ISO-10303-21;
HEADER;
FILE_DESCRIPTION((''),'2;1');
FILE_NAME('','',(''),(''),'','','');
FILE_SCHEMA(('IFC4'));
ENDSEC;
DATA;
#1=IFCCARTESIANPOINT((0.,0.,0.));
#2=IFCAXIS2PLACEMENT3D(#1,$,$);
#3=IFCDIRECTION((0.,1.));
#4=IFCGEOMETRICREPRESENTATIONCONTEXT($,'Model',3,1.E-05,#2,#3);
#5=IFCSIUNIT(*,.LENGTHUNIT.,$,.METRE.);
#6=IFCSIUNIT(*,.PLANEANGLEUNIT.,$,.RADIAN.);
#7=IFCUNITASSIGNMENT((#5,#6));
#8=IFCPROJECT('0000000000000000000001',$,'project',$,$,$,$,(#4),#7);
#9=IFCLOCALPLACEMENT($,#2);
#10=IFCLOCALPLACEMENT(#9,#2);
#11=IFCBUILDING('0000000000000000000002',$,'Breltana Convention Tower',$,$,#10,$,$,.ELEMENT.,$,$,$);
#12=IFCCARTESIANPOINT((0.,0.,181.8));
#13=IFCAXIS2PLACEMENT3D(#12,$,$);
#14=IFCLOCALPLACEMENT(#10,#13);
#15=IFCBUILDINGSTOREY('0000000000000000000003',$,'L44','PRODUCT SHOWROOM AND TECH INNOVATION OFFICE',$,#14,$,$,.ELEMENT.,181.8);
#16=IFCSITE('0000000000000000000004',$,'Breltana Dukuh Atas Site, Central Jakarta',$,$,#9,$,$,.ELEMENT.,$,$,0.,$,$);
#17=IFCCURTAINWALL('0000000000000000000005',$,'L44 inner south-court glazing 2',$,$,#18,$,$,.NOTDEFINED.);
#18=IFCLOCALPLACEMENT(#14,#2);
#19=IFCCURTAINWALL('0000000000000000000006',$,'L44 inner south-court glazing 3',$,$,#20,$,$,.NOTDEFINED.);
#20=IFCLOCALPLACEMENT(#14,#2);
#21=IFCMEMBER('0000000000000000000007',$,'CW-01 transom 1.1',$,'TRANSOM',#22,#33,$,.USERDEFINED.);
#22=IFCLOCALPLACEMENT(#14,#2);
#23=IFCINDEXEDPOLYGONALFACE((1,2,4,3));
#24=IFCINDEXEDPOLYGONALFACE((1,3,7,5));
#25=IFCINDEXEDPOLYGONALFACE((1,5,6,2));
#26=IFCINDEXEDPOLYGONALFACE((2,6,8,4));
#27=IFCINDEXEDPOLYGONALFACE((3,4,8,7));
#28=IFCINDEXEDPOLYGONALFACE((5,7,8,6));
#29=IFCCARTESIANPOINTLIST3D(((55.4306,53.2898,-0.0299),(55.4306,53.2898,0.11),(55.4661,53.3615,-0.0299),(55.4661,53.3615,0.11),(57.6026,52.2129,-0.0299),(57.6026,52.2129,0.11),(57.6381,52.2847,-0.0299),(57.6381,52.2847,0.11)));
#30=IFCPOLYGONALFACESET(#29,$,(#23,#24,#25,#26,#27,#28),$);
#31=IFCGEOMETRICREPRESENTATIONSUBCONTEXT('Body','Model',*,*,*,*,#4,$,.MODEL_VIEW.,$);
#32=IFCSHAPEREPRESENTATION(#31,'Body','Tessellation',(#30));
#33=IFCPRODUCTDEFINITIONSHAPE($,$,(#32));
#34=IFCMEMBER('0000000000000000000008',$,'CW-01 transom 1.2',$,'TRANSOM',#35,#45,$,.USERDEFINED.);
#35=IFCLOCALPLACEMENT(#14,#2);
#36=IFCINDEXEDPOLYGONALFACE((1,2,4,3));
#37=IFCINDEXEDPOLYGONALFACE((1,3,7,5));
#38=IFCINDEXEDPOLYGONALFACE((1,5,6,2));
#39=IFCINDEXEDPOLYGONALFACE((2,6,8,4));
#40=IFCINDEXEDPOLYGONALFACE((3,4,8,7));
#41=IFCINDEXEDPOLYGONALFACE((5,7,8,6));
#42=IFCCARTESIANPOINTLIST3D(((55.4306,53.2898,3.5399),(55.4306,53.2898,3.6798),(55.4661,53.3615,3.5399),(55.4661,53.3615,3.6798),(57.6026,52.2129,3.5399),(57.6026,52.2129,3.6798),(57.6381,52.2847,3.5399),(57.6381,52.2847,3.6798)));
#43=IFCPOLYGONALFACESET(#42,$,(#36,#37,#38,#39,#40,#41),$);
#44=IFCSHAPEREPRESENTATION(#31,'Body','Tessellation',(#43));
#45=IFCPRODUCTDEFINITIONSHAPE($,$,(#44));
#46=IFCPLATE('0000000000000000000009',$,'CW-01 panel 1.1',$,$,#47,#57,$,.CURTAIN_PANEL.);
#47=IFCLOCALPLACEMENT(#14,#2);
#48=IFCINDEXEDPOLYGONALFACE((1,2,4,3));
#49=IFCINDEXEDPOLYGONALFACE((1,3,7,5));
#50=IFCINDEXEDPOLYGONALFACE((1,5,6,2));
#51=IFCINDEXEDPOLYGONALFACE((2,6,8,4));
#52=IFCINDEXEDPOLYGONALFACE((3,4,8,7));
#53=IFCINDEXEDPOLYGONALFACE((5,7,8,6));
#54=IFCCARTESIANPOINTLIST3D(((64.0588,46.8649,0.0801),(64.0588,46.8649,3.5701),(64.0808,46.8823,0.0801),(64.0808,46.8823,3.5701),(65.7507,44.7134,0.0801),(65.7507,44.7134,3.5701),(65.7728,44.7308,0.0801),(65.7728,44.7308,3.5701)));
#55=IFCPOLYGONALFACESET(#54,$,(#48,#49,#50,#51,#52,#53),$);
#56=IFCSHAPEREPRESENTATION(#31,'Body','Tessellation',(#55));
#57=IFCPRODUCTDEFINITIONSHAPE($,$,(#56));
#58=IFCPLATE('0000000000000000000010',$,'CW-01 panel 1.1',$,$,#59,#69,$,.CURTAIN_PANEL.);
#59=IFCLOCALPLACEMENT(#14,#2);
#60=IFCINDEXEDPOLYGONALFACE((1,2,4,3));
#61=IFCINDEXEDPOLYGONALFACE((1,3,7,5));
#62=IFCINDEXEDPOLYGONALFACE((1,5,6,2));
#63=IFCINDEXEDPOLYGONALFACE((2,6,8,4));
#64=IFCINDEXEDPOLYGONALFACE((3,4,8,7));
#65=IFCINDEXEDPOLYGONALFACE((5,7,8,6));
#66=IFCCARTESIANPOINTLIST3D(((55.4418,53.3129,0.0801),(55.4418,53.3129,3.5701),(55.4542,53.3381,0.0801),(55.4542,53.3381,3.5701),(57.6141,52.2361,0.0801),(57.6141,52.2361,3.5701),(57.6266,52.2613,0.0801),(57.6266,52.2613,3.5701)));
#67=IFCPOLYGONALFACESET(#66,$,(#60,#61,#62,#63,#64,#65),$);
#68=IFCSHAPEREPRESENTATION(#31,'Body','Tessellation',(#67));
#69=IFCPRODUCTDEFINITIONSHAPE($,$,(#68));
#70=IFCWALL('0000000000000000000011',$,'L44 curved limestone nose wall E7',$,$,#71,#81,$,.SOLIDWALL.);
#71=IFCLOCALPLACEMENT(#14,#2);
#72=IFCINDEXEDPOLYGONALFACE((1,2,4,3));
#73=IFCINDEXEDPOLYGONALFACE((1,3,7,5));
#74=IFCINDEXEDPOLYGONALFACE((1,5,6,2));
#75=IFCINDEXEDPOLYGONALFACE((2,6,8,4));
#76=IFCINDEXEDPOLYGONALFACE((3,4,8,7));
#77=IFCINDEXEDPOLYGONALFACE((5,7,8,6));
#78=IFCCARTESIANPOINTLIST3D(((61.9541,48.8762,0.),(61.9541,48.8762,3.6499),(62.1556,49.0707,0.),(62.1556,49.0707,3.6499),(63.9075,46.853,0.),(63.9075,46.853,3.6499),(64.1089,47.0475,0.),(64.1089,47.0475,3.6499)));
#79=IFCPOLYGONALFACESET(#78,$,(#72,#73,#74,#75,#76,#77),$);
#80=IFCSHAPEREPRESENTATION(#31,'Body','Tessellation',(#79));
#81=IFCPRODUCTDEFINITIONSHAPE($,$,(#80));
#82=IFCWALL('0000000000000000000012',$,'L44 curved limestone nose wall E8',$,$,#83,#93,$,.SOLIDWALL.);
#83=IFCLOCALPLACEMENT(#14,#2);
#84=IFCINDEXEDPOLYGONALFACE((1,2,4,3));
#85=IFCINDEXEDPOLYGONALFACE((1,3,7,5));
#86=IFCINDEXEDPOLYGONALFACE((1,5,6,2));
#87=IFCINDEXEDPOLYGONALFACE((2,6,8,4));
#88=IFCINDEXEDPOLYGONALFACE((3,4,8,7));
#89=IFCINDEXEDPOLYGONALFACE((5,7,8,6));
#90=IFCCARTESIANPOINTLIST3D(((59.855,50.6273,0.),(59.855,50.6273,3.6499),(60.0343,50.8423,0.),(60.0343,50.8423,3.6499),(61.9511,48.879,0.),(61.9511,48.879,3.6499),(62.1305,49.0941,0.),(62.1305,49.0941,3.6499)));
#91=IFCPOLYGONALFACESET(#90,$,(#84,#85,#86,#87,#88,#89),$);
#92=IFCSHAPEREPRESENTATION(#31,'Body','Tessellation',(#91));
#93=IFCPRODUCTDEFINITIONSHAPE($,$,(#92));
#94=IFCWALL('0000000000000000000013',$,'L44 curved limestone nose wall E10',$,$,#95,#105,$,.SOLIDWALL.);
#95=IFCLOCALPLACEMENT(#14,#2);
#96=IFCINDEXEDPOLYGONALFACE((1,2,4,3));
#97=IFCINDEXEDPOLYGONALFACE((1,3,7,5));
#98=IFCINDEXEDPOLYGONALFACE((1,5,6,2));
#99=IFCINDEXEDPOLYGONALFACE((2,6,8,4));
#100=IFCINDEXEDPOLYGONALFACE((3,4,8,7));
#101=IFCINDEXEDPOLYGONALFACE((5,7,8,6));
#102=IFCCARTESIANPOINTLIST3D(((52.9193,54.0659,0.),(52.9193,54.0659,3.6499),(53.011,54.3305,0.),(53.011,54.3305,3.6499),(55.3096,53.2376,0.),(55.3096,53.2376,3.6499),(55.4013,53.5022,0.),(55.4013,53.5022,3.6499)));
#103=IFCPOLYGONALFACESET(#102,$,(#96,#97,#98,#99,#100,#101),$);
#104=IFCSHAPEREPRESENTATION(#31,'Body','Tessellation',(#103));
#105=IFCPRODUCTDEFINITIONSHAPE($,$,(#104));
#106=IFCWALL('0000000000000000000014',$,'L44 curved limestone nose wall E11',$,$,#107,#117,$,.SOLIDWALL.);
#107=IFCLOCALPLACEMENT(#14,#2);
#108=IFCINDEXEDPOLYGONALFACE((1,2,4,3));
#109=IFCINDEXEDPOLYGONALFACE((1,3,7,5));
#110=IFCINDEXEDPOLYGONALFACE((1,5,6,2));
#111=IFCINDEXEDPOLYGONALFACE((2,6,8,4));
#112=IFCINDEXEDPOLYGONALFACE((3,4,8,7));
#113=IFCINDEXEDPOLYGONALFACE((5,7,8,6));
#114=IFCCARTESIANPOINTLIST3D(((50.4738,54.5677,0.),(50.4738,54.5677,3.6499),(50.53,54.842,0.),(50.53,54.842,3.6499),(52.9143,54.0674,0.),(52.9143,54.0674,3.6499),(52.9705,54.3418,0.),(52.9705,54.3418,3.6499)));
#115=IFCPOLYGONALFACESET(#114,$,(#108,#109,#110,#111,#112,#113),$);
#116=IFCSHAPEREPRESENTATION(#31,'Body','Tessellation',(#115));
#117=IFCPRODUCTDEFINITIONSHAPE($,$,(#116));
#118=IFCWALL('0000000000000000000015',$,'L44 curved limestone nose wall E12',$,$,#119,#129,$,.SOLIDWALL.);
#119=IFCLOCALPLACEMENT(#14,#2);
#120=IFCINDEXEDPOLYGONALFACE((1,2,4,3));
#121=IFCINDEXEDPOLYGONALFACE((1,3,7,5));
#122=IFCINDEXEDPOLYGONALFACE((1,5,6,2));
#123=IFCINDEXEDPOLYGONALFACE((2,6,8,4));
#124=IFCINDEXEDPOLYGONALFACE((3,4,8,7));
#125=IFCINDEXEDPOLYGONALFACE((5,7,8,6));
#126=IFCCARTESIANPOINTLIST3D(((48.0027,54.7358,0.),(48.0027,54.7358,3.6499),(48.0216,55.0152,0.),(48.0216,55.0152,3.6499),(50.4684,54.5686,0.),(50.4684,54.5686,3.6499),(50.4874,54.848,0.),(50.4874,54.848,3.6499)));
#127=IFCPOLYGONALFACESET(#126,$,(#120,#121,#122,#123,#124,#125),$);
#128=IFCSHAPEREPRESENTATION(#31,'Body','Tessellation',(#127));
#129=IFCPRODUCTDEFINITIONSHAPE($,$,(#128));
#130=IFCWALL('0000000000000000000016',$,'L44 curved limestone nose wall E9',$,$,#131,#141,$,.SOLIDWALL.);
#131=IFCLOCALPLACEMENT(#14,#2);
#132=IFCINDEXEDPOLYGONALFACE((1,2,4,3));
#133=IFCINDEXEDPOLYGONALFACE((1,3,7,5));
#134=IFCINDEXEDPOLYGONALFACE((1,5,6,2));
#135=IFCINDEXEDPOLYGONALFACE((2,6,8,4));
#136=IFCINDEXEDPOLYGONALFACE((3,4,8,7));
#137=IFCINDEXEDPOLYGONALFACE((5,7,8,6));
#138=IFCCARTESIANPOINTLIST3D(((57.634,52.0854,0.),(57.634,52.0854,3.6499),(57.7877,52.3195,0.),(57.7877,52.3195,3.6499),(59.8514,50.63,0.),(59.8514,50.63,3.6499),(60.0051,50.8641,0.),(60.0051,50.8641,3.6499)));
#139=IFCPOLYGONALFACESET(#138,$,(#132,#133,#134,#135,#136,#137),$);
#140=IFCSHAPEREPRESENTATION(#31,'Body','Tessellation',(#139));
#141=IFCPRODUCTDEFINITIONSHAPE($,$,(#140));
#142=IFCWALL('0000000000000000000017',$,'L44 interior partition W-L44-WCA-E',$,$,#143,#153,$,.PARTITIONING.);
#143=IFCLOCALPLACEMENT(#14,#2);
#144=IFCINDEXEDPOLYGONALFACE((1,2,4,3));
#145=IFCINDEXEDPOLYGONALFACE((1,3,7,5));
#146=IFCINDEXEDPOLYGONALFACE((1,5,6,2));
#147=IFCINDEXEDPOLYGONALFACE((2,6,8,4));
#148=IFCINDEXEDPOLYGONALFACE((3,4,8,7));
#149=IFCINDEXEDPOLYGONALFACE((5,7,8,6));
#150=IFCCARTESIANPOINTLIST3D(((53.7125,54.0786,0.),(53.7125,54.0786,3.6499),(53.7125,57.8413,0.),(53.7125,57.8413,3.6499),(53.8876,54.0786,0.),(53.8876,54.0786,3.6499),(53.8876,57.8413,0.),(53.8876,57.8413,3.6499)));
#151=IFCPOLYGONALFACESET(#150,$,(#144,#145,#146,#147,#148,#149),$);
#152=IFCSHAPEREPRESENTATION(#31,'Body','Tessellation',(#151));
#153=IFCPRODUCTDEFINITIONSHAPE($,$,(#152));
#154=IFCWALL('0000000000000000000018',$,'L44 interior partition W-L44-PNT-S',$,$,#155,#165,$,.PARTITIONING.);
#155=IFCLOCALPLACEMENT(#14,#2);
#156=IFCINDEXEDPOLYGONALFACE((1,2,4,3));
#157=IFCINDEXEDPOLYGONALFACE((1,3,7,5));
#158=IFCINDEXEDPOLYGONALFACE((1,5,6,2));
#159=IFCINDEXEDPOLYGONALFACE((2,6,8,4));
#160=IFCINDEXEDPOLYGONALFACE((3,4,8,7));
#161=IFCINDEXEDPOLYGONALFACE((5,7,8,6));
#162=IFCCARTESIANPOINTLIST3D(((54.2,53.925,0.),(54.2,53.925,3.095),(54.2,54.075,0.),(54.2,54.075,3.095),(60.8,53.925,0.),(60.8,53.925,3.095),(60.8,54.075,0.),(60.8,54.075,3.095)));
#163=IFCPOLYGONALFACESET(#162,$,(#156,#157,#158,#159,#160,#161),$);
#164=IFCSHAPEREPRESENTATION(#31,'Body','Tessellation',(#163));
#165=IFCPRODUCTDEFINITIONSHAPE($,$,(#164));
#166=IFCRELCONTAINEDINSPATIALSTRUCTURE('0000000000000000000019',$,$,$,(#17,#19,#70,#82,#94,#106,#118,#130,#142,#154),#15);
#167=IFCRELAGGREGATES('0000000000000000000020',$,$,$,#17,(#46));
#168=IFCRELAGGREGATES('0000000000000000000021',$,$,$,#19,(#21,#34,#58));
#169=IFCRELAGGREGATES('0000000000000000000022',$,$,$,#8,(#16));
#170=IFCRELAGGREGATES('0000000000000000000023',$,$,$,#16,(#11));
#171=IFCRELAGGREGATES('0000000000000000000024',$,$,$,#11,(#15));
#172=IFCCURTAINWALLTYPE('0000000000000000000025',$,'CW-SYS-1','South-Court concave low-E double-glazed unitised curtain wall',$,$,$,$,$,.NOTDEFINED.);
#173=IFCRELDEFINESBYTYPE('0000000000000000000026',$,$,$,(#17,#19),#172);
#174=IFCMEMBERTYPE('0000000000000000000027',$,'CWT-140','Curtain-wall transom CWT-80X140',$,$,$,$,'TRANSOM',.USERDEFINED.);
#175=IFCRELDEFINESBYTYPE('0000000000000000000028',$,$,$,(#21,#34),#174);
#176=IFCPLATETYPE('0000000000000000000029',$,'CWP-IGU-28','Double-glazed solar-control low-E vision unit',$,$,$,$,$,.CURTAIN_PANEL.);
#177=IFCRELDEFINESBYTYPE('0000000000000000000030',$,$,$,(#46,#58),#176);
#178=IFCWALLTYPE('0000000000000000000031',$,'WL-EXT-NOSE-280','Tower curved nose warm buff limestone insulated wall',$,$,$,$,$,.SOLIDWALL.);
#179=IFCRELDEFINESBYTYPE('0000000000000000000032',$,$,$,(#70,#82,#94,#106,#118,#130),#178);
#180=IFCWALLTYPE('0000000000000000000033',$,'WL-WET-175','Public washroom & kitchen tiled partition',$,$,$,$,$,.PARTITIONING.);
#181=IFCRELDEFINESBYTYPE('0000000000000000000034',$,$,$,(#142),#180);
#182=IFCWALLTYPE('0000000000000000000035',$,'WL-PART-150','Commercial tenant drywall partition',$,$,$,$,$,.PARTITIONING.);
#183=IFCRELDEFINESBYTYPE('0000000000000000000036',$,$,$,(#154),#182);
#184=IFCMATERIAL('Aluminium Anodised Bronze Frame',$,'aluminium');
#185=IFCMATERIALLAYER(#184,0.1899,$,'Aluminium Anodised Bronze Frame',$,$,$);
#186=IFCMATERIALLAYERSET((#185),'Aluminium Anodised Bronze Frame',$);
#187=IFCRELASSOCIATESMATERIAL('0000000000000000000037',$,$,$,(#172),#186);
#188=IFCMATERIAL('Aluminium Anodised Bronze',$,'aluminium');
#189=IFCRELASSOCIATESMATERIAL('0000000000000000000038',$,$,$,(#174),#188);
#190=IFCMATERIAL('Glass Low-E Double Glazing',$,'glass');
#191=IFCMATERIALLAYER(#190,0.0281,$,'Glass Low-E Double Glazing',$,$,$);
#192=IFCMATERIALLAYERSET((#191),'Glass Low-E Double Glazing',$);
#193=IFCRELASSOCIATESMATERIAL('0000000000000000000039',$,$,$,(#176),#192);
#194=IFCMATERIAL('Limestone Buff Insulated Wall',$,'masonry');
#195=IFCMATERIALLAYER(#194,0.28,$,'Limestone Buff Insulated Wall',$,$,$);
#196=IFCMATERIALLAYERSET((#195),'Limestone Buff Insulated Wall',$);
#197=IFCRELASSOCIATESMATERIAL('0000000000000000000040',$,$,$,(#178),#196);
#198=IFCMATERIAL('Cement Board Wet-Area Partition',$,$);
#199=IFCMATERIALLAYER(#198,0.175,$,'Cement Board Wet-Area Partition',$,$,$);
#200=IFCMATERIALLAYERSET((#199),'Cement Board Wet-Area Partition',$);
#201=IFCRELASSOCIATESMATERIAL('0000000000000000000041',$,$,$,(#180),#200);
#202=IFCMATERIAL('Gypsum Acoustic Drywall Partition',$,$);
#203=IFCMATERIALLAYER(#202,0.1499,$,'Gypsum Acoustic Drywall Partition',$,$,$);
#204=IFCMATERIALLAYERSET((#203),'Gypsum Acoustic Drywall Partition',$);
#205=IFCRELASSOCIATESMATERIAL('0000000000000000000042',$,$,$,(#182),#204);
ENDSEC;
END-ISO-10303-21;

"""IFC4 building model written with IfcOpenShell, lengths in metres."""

from ifc_helpers import new_model, si_unit, direction, frame, frame_2d, origin, origin_2d, place, context, subcontext, project, spatial, rectangle, extrude, source, transform, mapped, material, layer, layer_set, material_profile, profile_set, type_object, element, aggregate, save


model = new_model("IFC4")

# Units and contexts
model_context = context("Model", 3, precision=1e-05, world=origin(), true_north=direction((0.0, 1.0)))
body_context = subcontext(model_context, "Body", "Model", "MODEL_VIEW")
ifc_project = project(units=[si_unit("LENGTHUNIT", "METRE"), si_unit("PLANEANGLEUNIT", "RADIAN")], contexts=[model_context])

# Site, building, storey
site_placement = place(None, origin())
site = spatial("IfcSite", under=ifc_project, at=site_placement, Name="Breltana Dukuh Atas Site, Central Jakarta", CompositionType="ELEMENT", RefElevation=0.0)
building_placement = place(site_placement, origin())
building = spatial("IfcBuilding", under=site, at=building_placement, Name="Breltana Convention Tower", CompositionType="ELEMENT")
storey_placement = place(building_placement, frame((0.0, 0.0, 181.8)))
storey = spatial("IfcBuildingStorey", under=building, at=storey_placement, Name="L44", Description="PRODUCT SHOWROOM AND TECH INNOVATION OFFICE", CompositionType="ELEMENT", Elevation=181.8)

# Curtain wall
ifc_material_1 = material(Name="Aluminium Anodised Bronze Frame", Category="aluminium")
ifc_layer_1 = layer(ifc_material_1, 0.1899, Name="Aluminium Anodised Bronze Frame")
ifc_layer_set_1 = layer_set([ifc_layer_1], Name="Aluminium Anodised Bronze Frame")
curtain_wall_type = type_object("IfcCurtainWallType", Name="CW-SYS-1", Description="South-Court concave low-E double-glazed unitised curtain wall", PredefinedType="NOTDEFINED", material=ifc_layer_set_1)
curtain_wall_1_placement = place(storey_placement, origin())
curtain_wall_1 = element("IfcCurtainWall", 1, at=curtain_wall_1_placement, inside=storey, type_object=curtain_wall_type, Name="L44 inner south-court glazing 2", PredefinedType="NOTDEFINED")
ifc_material_2 = material(Name="Aluminium Anodised Bronze", Category="aluminium")

# Curtain wall, members
curtain_wall_2_placement = place(storey_placement, origin())
curtain_wall_2 = element("IfcCurtainWall", 2, at=curtain_wall_2_placement, inside=storey, type_object=curtain_wall_type, Name="L44 inner south-court glazing 3", PredefinedType="NOTDEFINED")
ifc_material_profile_1 = material_profile(ifc_material_2, rectangle(XDim=0.0801, YDim=0.1399, at=origin_2d()), Name="CWT-80X140")
ifc_profile_set_1 = profile_set([ifc_material_profile_1], Name="Aluminium Anodised Bronze")
member_type_1 = type_object("IfcMemberType", Name="CWT-140", Description="Curtain-wall transom CWT-80X140", ElementType="TRANSOM", PredefinedType="USERDEFINED", material=ifc_profile_set_1)
shared_shape_1 = source(origin(), body_context, "Body", "SweptSolid", [
    extrude(rectangle(XDim=0.0801, YDim=0.1399, at=origin_2d()), origin(), (0.0, 0.0, 1.0), 2.4243),
])
member_1_placement = place(storey_placement, frame((57.6204, 52.2488, 0.04), z_axis=(-0.895933, 0.44419, 0.0), x_axis=(-0.44419, -0.895933, 0.0)))
member_1 = element("IfcMember", 3, at=member_1_placement, type_object=member_type_1, Name="CW-01 transom 1.1", ObjectType="TRANSOM", PredefinedType="USERDEFINED", context=body_context, shape_type="MappedRepresentation", body=[
    mapped(shared_shape_1, transform((0.0, 0.0, 0.0), scale=1.0)),
])
member_2_placement = place(storey_placement, frame((57.6204, 52.2488, 3.6099), z_axis=(-0.895933, 0.44419, 0.0), x_axis=(-0.44419, -0.895933, 0.0)))
member_2 = element("IfcMember", 4, at=member_2_placement, type_object=member_type_1, Name="CW-01 transom 1.2", ObjectType="TRANSOM", PredefinedType="USERDEFINED", context=body_context, shape_type="MappedRepresentation", body=[
    mapped(shared_shape_1, transform((0.0, 0.0, 0.0), scale=1.0)),
])

# Plates
ifc_material_3 = material(Name="Glass Low-E Double Glazing", Category="glass")
ifc_layer_2 = layer(ifc_material_3, 0.0281, Name="Glass Low-E Double Glazing")
ifc_layer_set_2 = layer_set([ifc_layer_2], Name="Glass Low-E Double Glazing")
plate_type = type_object("IfcPlateType", Name="CWP-IGU-28", Description="Double-glazed solar-control low-E vision unit", PredefinedType="CURTAIN_PANEL", material=ifc_layer_set_2)
shared_shape_2 = source(origin(), body_context, "Body", "SweptSolid", [
    extrude(rectangle(XDim=2.7371, YDim=0.0281, at=origin_2d()), origin(), (0.0, 0.0, 1.0), 3.49),
])
plate_1_placement = place(storey_placement, frame((64.9158, 45.7979, 0.0801), z_axis=(0.0, 0.0, 1.0), x_axis=(-0.618161, 0.786051, 0.0)))
plate_1 = element("IfcPlate", 5, at=plate_1_placement, type_object=plate_type, Name="CW-01 panel 1.1", PredefinedType="CURTAIN_PANEL", context=body_context, shape_type="MappedRepresentation", body=[
    mapped(shared_shape_2, transform((0.0, 0.0, 0.0), scale=1.0)),
])
aggregate(curtain_wall_1, [plate_1])
shared_shape_3 = source(origin(), body_context, "Body", "SweptSolid", [
    extrude(rectangle(XDim=2.4246, YDim=0.0281, at=origin_2d()), origin(), (0.0, 0.0, 1.0), 3.49),
])
plate_2_placement = place(storey_placement, frame((56.5342, 52.7871, 0.0801), z_axis=(0.0, 0.0, 1.0), x_axis=(-0.89597, 0.444115, 0.0)))
plate_2 = element("IfcPlate", 6, at=plate_2_placement, type_object=plate_type, Name="CW-01 panel 1.1", PredefinedType="CURTAIN_PANEL", context=body_context, shape_type="MappedRepresentation", body=[
    mapped(shared_shape_3, transform((0.0, 0.0, 0.0), scale=1.0)),
])
aggregate(curtain_wall_2, [member_1, member_2, plate_2])

# Walls
ifc_material_4 = material(Name="Limestone Buff Insulated Wall", Category="masonry")
ifc_layer_3 = layer(ifc_material_4, 0.28, Name="Limestone Buff Insulated Wall")
ifc_layer_set_3 = layer_set([ifc_layer_3], Name="Limestone Buff Insulated Wall")
wall_type_1 = type_object("IfcWallType", Name="WL-EXT-NOSE-280", Description="Tower curved nose warm buff limestone insulated wall", PredefinedType="SOLIDWALL", material=ifc_layer_set_3)
shared_shape_4 = source(origin(), body_context, "Body", "SweptSolid", [
    extrude(rectangle(XDim=2.8123, YDim=0.28, at=frame_2d((1.4062, 0.0))), origin(), (0.0, 0.0, 1.0), 3.6499),
])
wall_1_placement = place(storey_placement, frame((64.0083, 46.9502, 0.0), z_axis=(0.0, 0.0, 1.0), x_axis=(-0.694584, 0.719412, 0.0)))
element("IfcWall", 7, at=wall_1_placement, inside=storey, type_object=wall_type_1, Name="L44 curved limestone nose wall E7", PredefinedType="SOLIDWALL", context=body_context, shape_type="MappedRepresentation", body=[
    mapped(shared_shape_4, transform((0.0, 0.0, 0.0), scale=1.0)),
])
shared_shape_5 = source(origin(), body_context, "Body", "SweptSolid", [
    extrude(rectangle(XDim=2.7295, YDim=0.28, at=frame_2d((1.3647, 0.0))), origin(), (0.0, 0.0, 1.0), 3.6499),
])
wall_2_placement = place(storey_placement, frame((62.0408, 48.9866, 0.0), z_axis=(0.0, 0.0, 1.0), x_axis=(-0.767957, 0.640501, 0.0)))
element("IfcWall", 8, at=wall_2_placement, inside=storey, type_object=wall_type_1, Name="L44 curved limestone nose wall E8", PredefinedType="SOLIDWALL", context=body_context, shape_type="MappedRepresentation", body=[
    mapped(shared_shape_5, transform((0.0, 0.0, 0.0), scale=1.0)),
])
shared_shape_6 = source(origin(), body_context, "Body", "SweptSolid", [
    extrude(rectangle(XDim=2.5298, YDim=0.28, at=frame_2d((1.2649, 0.0))), origin(), (0.0, 0.0, 1.0), 3.6499),
])
wall_3_placement = place(storey_placement, frame((55.3555, 53.3699, 0.0), z_axis=(0.0, 0.0, 1.0), x_axis=(-0.944872, 0.327439, 0.0)))
element("IfcWall", 9, at=wall_3_placement, inside=storey, type_object=wall_type_1, Name="L44 curved limestone nose wall E10", PredefinedType="SOLIDWALL", context=body_context, shape_type="MappedRepresentation", body=[
    mapped(shared_shape_6, transform((0.0, 0.0, 0.0), scale=1.0)),
])
shared_shape_7 = source(origin(), body_context, "Body", "SweptSolid", [
    extrude(rectangle(XDim=2.4912, YDim=0.28, at=frame_2d((1.2456, 0.0))), origin(), (0.0, 0.0, 1.0), 3.6499),
])
wall_4_placement = place(storey_placement, frame((52.9424, 54.2046, 0.0), z_axis=(0.0, 0.0, 1.0), x_axis=(-0.979631, 0.200807, 0.0)))
element("IfcWall", 10, at=wall_4_placement, inside=storey, type_object=wall_type_1, Name="L44 curved limestone nose wall E11", PredefinedType="SOLIDWALL", context=body_context, shape_type="MappedRepresentation", body=[
    mapped(shared_shape_7, transform((0.0, 0.0, 0.0), scale=1.0)),
])
shared_shape_8 = source(origin(), body_context, "Body", "SweptSolid", [
    extrude(rectangle(XDim=2.4714, YDim=0.28, at=frame_2d((1.2358, 0.0))), origin(), (0.0, 0.0, 1.0), 3.6499),
])
wall_5_placement = place(storey_placement, frame((50.478, 54.7083, 0.0), z_axis=(0.0, 0.0, 1.0), x_axis=(-0.997708, 0.067666, 0.0)))
element("IfcWall", 11, at=wall_5_placement, inside=storey, type_object=wall_type_1, Name="L44 curved limestone nose wall E12", PredefinedType="SOLIDWALL", context=body_context, shape_type="MappedRepresentation", body=[
    mapped(shared_shape_8, transform((0.0, 0.0, 0.0), scale=1.0)),
])
shared_shape_9 = source(origin(), body_context, "Body", "SweptSolid", [
    extrude(rectangle(XDim=2.6523, YDim=0.28, at=frame_2d((1.3262, 0.0))), origin(), (0.0, 0.0, 1.0), 3.6499),
])
wall_6_placement = place(storey_placement, frame((59.9282, 50.7471, 0.0), z_axis=(0.0, 0.0, 1.0), x_axis=(-0.836008, 0.548717, 0.0)))
element("IfcWall", 12, at=wall_6_placement, inside=storey, type_object=wall_type_1, Name="L44 curved limestone nose wall E9", PredefinedType="SOLIDWALL", context=body_context, shape_type="MappedRepresentation", body=[
    mapped(shared_shape_9, transform((0.0, 0.0, 0.0), scale=1.0)),
])
ifc_material_5 = material(Name="Cement Board Wet-Area Partition")
ifc_layer_4 = layer(ifc_material_5, 0.175, Name="Cement Board Wet-Area Partition")
ifc_layer_set_4 = layer_set([ifc_layer_4], Name="Cement Board Wet-Area Partition")
wall_type_2 = type_object("IfcWallType", Name="WL-WET-175", Description="Public washroom & kitchen tiled partition", PredefinedType="PARTITIONING", material=ifc_layer_set_4)
shared_shape_10 = source(origin(), body_context, "Body", "SweptSolid", [
    extrude(rectangle(XDim=3.7627, YDim=0.175, at=frame_2d((1.8813, 0.0))), origin(), (0.0, 0.0, 1.0), 3.6499),
])
wall_7_placement = place(storey_placement, frame((53.8, 54.0786, 0.0), z_axis=(0.0, 0.0, 1.0), x_axis=(0.0, 1.0, 0.0)))
element("IfcWall", 13, at=wall_7_placement, inside=storey, type_object=wall_type_2, Name="L44 interior partition W-L44-WCA-E", PredefinedType="PARTITIONING", context=body_context, shape_type="MappedRepresentation", body=[
    mapped(shared_shape_10, transform((0.0, 0.0, 0.0), scale=1.0)),
])

# Wall
ifc_material_6 = material(Name="Gypsum Acoustic Drywall Partition")
ifc_layer_5 = layer(ifc_material_6, 0.1499, Name="Gypsum Acoustic Drywall Partition")
ifc_layer_set_5 = layer_set([ifc_layer_5], Name="Gypsum Acoustic Drywall Partition")
wall_type_3 = type_object("IfcWallType", Name="WL-PART-150", Description="Commercial tenant drywall partition", PredefinedType="PARTITIONING", material=ifc_layer_set_5)
shared_shape_11 = source(origin(), body_context, "Body", "SweptSolid", [
    extrude(rectangle(XDim=6.6001, YDim=0.1499, at=frame_2d((3.3, 0.0))), origin(), (0.0, 0.0, 1.0), 3.095),
])
wall_8_placement = place(storey_placement, frame((54.2, 54.0, 0.0), z_axis=(0.0, 0.0, 1.0), x_axis=(1.0, 0.0, 0.0)))
element("IfcWall", 14, at=wall_8_placement, inside=storey, type_object=wall_type_3, Name="L44 interior partition W-L44-PNT-S", PredefinedType="PARTITIONING", context=body_context, shape_type="MappedRepresentation", body=[
    mapped(shared_shape_11, transform((0.0, 0.0, 0.0), scale=1.0)),
])

save(model, "model.ifc")
